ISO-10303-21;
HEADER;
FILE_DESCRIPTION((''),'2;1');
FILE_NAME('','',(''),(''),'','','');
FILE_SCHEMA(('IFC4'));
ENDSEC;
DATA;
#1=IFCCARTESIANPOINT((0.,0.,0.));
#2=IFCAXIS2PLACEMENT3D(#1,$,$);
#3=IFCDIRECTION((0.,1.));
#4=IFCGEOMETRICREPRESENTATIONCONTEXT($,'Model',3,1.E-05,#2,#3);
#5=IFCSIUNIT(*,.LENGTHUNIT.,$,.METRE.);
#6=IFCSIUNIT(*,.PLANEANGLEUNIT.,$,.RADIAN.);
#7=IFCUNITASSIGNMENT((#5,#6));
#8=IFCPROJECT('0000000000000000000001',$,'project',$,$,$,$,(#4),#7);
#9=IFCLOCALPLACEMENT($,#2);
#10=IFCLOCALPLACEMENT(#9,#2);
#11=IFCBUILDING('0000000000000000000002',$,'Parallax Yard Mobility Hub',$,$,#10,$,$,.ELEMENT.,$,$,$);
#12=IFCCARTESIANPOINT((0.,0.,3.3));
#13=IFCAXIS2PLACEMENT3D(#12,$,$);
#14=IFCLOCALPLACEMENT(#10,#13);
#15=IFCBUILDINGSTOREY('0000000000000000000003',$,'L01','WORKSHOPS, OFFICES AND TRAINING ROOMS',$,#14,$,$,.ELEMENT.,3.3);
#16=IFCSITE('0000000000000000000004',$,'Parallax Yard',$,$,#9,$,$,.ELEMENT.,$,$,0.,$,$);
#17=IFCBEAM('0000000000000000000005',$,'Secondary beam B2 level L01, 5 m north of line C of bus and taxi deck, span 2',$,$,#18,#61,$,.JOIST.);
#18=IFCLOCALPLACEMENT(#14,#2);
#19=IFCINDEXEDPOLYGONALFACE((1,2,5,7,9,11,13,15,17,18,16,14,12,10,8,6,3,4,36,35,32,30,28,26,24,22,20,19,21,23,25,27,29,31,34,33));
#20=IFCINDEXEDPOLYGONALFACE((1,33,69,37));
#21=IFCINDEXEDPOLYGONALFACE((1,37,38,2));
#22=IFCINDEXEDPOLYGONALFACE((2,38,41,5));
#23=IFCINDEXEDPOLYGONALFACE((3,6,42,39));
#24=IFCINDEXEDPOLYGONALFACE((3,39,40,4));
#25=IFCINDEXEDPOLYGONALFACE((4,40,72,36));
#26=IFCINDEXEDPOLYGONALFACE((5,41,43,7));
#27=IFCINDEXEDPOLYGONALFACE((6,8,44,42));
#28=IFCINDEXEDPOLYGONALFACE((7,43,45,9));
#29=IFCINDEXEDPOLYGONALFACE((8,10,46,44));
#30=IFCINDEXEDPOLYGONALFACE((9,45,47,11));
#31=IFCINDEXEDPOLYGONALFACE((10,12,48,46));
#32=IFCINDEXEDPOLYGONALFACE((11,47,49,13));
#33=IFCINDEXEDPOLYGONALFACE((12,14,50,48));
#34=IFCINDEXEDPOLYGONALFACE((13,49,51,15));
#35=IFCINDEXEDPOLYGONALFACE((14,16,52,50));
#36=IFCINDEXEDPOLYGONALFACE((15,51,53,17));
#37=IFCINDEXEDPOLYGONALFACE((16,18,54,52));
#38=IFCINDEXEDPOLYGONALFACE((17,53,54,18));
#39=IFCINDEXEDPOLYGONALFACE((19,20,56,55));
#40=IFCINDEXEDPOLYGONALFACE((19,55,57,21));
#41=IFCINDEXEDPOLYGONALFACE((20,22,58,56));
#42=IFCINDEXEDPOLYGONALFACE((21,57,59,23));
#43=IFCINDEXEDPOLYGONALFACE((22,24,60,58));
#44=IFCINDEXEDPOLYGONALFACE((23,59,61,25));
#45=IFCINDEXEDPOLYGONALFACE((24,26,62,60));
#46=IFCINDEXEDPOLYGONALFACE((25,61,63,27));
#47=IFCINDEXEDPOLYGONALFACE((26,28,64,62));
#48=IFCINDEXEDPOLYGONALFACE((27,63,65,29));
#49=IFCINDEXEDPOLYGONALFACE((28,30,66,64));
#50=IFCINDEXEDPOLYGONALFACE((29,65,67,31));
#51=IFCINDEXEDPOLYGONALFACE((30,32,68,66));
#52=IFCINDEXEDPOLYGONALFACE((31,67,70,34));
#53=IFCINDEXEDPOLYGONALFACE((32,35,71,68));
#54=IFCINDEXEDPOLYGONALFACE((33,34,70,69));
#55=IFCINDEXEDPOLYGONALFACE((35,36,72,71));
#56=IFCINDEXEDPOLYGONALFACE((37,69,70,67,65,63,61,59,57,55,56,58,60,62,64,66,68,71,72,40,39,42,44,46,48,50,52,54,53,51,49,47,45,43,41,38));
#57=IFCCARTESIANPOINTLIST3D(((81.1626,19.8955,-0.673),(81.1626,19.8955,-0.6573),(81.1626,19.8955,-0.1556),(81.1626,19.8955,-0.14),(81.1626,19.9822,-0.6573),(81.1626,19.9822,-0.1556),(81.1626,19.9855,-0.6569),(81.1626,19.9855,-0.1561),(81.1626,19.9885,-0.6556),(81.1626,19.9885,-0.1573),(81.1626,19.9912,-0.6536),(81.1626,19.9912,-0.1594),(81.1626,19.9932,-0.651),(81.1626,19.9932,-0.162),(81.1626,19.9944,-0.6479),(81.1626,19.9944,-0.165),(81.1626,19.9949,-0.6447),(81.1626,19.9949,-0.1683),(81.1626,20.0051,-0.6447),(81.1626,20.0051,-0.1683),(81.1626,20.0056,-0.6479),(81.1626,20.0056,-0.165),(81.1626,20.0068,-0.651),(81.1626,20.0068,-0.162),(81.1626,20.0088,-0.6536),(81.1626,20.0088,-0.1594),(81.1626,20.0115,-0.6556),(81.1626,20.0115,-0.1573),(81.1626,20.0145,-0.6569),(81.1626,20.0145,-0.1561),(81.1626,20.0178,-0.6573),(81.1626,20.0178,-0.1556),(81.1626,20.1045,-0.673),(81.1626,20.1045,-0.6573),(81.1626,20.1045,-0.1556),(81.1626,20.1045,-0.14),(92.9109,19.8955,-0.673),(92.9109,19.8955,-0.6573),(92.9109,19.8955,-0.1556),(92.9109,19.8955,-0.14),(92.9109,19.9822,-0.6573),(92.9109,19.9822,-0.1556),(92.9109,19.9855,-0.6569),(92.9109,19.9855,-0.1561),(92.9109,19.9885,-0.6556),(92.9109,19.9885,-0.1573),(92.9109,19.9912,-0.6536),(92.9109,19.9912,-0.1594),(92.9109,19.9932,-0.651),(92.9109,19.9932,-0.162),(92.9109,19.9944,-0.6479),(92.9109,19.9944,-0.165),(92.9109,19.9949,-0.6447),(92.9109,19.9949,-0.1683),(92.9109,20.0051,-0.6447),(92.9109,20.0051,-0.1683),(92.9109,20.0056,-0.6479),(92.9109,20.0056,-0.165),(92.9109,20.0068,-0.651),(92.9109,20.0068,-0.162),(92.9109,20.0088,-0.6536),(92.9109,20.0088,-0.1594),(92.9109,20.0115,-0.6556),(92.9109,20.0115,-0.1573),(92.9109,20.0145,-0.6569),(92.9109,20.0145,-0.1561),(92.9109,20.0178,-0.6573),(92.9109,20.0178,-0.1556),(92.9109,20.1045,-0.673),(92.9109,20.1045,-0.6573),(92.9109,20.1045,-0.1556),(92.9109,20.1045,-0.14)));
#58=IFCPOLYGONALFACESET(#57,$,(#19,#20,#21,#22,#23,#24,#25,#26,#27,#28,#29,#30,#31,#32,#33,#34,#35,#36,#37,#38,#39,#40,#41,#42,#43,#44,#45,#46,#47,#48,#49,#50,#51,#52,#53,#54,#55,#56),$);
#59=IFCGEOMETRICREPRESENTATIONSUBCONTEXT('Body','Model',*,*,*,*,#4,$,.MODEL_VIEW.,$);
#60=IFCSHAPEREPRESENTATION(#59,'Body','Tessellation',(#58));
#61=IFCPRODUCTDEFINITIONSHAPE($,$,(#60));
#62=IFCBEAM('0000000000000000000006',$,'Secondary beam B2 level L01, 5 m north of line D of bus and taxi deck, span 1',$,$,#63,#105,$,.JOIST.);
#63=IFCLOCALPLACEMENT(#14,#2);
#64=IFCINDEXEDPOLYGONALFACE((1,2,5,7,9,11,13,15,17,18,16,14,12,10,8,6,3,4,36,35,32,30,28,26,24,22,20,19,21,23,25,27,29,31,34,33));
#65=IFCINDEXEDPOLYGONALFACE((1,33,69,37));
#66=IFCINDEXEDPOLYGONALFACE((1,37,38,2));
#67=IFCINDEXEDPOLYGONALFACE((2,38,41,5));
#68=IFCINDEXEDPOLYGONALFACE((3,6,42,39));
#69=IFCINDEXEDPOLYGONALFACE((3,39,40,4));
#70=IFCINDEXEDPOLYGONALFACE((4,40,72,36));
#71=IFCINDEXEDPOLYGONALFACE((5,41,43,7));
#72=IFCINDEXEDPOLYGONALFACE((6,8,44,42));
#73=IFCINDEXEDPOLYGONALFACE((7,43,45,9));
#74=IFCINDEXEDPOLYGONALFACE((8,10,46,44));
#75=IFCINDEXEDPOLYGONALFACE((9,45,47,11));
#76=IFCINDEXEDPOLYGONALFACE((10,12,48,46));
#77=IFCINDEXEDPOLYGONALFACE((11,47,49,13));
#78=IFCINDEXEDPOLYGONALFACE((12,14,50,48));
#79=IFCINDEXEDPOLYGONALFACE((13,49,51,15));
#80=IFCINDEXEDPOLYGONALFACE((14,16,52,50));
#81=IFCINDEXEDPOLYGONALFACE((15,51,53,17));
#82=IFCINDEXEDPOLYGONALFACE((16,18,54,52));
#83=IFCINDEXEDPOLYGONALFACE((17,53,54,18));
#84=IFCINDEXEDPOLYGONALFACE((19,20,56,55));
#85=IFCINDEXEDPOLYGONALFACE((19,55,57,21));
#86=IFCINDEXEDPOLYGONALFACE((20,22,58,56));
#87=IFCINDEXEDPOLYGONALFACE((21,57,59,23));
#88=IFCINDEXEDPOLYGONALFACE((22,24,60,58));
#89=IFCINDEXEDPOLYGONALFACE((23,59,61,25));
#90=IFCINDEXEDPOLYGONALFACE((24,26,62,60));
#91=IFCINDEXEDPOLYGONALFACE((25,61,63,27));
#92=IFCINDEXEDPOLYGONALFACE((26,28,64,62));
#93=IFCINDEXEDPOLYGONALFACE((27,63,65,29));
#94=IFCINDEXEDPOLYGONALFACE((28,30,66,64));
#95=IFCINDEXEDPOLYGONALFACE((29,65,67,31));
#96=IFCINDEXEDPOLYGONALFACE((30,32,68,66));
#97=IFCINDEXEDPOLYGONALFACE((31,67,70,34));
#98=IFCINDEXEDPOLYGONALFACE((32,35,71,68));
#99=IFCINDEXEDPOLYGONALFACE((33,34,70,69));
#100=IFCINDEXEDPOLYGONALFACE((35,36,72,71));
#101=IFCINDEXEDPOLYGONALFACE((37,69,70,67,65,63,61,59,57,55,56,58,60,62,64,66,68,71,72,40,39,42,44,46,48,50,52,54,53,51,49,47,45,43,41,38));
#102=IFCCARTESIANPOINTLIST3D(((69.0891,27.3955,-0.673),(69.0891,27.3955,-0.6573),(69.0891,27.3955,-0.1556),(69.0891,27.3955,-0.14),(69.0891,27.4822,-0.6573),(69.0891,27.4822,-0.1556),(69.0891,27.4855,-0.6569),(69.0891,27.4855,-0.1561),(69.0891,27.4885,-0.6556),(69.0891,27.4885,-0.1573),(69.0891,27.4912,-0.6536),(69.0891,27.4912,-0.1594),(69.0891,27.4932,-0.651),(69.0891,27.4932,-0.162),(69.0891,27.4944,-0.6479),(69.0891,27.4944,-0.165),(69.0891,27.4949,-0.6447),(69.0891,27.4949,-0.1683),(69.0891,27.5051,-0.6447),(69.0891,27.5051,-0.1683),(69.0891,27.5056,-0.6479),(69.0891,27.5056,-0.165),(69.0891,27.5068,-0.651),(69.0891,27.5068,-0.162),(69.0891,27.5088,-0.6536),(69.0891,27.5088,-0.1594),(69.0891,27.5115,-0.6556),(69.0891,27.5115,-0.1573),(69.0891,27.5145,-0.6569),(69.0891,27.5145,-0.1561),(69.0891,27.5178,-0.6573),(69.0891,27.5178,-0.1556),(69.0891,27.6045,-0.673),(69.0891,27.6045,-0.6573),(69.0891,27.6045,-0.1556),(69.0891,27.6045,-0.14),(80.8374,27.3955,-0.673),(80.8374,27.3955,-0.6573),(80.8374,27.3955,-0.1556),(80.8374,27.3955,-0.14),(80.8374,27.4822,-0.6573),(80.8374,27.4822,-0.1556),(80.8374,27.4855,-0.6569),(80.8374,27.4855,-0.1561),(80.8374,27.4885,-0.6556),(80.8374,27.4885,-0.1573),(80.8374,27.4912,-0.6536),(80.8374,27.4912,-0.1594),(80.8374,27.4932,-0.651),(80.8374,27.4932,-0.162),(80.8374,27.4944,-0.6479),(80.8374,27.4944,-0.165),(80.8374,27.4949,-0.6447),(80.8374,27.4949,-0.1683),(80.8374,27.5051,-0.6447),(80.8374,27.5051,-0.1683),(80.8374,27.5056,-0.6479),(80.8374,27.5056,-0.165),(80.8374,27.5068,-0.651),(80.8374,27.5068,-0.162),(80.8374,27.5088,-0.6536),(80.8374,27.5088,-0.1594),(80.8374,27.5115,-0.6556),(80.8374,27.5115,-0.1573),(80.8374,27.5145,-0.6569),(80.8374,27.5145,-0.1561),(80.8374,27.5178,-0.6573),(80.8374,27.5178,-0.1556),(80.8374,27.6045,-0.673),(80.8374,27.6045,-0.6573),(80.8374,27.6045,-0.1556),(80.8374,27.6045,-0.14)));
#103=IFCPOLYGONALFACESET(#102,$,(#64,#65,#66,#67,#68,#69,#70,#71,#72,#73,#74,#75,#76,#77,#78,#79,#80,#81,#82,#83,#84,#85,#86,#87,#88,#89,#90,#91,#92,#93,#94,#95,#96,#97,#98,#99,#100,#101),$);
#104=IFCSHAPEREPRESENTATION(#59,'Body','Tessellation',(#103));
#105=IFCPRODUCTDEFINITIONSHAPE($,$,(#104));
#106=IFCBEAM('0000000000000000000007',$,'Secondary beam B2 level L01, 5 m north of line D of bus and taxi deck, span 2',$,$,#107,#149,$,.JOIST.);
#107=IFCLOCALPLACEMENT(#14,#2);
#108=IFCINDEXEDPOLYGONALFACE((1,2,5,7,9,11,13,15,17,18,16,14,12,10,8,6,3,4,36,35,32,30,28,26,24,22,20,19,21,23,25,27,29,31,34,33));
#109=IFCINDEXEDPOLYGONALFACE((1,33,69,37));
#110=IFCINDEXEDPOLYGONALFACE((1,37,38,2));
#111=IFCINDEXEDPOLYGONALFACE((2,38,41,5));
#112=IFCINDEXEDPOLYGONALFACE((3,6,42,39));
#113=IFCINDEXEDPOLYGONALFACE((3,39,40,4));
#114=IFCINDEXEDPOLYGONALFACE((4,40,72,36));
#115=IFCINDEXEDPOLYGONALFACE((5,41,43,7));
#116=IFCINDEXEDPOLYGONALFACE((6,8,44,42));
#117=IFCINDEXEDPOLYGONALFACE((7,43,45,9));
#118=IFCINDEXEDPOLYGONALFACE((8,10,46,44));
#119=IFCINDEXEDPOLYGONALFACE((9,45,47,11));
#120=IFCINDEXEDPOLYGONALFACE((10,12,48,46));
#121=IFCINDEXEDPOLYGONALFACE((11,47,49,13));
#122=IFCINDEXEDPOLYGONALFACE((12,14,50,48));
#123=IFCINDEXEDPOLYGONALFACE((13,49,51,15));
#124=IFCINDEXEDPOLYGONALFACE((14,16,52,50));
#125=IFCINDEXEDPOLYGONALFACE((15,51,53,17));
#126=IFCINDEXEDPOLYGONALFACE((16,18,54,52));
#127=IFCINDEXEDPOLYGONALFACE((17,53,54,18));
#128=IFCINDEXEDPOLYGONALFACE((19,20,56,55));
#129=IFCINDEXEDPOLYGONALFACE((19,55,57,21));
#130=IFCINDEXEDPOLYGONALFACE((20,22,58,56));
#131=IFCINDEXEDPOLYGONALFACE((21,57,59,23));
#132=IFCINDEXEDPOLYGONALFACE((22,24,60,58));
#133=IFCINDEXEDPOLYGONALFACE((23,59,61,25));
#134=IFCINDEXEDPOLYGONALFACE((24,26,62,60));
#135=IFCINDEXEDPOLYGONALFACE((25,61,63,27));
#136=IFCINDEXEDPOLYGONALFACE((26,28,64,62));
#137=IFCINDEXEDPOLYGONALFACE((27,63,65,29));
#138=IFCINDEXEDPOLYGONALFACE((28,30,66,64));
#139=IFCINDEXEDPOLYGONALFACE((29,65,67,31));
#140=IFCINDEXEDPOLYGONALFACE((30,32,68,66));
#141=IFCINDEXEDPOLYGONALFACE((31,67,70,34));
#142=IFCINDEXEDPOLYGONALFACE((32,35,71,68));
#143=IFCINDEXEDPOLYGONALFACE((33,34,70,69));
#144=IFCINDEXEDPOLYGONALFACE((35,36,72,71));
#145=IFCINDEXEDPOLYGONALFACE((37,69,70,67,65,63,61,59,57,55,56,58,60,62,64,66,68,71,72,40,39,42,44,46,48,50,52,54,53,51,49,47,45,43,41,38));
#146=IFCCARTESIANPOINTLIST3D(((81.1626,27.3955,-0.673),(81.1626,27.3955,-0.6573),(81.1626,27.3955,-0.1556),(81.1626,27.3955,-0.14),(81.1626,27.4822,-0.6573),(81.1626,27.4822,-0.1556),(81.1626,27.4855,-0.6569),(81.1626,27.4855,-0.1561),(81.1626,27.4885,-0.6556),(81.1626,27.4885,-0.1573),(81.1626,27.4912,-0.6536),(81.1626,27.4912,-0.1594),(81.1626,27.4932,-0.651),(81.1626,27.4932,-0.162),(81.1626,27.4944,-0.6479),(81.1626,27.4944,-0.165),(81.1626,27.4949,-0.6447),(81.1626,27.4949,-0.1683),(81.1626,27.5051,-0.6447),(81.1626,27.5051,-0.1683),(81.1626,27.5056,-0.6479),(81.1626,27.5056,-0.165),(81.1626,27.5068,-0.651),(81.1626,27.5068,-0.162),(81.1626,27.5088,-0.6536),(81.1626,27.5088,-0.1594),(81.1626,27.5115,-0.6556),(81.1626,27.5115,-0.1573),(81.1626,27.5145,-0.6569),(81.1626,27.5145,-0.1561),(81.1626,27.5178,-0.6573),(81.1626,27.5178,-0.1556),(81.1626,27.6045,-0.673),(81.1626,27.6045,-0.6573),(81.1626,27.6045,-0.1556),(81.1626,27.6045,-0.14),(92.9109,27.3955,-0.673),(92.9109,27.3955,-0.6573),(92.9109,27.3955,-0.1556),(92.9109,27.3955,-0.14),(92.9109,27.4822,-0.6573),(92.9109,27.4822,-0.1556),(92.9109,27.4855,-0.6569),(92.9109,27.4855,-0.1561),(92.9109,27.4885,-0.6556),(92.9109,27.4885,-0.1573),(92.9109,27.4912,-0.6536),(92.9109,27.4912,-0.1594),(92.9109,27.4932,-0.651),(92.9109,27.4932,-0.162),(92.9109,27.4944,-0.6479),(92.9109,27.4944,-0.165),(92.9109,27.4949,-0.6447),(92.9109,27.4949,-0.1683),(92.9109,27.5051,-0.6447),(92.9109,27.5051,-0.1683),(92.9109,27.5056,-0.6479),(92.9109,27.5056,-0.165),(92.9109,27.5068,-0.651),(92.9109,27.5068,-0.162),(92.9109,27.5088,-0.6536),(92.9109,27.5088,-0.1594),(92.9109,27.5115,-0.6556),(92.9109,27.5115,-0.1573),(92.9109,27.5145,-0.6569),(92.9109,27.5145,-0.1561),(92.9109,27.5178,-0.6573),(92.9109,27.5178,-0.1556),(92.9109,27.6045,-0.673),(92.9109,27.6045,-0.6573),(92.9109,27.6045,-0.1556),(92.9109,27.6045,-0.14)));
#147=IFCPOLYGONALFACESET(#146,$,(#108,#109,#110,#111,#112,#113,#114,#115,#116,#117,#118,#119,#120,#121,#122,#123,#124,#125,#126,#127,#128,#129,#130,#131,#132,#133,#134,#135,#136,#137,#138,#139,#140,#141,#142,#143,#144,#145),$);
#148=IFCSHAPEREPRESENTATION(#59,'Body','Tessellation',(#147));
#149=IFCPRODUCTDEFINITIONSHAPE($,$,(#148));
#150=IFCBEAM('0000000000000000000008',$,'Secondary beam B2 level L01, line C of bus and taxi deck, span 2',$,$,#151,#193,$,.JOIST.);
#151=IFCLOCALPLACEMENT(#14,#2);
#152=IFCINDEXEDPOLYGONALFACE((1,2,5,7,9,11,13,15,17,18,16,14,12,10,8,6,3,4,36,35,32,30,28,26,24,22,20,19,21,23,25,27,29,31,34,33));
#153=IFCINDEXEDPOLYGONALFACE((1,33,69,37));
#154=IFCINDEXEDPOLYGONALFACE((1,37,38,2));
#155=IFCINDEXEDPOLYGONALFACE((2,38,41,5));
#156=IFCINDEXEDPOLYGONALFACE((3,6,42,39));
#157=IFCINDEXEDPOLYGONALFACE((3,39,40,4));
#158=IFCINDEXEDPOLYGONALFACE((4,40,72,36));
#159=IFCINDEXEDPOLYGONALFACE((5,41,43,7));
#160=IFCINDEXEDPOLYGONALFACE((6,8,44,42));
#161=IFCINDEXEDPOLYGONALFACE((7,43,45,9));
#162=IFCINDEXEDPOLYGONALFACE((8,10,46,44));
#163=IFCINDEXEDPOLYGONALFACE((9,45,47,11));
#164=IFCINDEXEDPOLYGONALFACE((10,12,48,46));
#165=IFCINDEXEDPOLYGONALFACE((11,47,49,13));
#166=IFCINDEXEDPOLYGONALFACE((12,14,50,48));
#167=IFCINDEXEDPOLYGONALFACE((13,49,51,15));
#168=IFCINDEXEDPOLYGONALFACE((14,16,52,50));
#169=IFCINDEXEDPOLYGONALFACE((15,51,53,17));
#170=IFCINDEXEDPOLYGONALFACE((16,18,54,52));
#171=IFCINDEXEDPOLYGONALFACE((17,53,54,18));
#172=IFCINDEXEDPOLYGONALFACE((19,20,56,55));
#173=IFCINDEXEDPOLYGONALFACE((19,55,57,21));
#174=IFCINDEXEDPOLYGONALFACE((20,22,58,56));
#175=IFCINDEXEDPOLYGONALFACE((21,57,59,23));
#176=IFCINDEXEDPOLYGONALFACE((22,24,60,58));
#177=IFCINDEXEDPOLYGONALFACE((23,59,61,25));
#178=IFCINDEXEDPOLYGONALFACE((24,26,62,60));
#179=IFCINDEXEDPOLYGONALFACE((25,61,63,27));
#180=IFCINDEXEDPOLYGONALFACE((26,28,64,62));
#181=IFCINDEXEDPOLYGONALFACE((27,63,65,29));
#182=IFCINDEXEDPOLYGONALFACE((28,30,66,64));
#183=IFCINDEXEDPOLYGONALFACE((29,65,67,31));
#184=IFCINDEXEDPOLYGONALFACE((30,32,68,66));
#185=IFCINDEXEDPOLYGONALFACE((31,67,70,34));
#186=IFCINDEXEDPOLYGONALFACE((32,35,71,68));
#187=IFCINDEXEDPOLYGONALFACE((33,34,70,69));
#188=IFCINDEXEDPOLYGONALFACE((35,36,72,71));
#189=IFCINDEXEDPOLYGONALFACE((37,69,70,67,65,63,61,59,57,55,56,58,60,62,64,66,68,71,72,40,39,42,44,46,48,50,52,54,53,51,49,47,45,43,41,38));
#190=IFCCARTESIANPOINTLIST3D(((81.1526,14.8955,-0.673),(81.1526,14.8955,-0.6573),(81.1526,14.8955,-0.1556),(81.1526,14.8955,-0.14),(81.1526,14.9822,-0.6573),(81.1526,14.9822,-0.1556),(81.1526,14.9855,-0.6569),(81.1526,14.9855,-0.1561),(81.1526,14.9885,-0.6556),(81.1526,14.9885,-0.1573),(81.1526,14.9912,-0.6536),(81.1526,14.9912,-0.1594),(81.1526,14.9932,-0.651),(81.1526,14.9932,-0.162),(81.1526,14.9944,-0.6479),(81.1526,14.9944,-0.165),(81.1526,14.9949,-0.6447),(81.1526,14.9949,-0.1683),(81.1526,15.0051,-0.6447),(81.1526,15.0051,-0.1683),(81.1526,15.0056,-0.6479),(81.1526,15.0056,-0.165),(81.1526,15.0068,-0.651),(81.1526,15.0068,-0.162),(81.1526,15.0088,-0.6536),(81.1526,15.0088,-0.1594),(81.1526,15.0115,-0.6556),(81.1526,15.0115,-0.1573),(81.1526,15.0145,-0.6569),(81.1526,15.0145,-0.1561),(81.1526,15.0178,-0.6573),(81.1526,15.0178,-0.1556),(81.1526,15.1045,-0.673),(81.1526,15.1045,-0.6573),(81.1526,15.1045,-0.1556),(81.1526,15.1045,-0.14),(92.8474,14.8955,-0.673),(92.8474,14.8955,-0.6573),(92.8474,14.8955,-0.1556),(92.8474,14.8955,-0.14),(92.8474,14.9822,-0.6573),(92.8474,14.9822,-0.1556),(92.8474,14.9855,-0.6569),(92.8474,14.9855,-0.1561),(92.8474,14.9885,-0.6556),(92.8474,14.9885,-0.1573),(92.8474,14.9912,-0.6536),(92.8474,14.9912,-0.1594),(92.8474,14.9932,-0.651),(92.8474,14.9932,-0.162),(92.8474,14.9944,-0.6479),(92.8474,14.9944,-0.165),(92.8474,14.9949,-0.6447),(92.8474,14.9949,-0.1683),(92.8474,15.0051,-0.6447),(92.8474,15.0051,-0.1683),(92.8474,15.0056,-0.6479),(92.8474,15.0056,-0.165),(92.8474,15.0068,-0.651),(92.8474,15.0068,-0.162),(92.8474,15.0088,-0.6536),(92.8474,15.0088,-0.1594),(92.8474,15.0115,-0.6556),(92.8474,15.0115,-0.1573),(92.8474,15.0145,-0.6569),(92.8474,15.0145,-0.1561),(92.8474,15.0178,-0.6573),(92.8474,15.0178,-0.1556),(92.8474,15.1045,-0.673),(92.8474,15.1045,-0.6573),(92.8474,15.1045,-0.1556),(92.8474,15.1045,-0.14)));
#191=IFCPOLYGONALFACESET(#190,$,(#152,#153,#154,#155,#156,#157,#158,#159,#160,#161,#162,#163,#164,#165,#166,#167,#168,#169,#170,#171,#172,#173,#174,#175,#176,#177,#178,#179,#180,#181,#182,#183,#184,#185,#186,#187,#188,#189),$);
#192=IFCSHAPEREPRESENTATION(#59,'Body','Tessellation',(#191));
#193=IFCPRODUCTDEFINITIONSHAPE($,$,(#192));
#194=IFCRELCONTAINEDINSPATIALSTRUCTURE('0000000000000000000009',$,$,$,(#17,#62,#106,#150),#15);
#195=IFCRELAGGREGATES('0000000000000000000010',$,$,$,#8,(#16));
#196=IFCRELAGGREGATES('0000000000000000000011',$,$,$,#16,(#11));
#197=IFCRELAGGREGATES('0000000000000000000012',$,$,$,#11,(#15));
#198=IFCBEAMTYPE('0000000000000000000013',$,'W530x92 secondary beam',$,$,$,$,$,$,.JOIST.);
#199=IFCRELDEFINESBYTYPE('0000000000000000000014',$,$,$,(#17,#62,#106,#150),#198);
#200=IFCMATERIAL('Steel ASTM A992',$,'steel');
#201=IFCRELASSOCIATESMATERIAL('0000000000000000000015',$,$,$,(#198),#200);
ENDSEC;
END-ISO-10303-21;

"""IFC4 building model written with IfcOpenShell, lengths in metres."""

from ifc_helpers import new_model, si_unit, direction, frame, origin, origin_2d, place, context, subcontext, project, spatial, i_section, extrude, material, material_profile, profile_set, type_object, element, save


model = new_model("IFC4")

# Units and contexts
model_context = context("Model", 3, precision=1e-05, world=origin(), true_north=direction((0.0, 1.0)))
body_context = subcontext(model_context, "Body", "Model", "MODEL_VIEW")
ifc_project = project(units=[si_unit("LENGTHUNIT", "METRE"), si_unit("PLANEANGLEUNIT", "RADIAN")], contexts=[model_context])

# Site, building, storey
site_placement = place(None, origin())
site = spatial("IfcSite", under=ifc_project, at=site_placement, Name="Parallax Yard", CompositionType="ELEMENT", RefElevation=0.0)
building_placement = place(site_placement, origin())
building = spatial("IfcBuilding", under=site, at=building_placement, Name="Parallax Yard Mobility Hub", CompositionType="ELEMENT")
storey_placement = place(building_placement, frame((0.0, 0.0, 3.3)))
storey = spatial("IfcBuildingStorey", under=building, at=storey_placement, Name="L01", Description="WORKSHOPS, OFFICES AND TRAINING ROOMS", CompositionType="ELEMENT", Elevation=3.3)

# Beams
ifc_material_1 = material(Name="Steel ASTM A992", Category="steel")
ifc_material_profile_1 = material_profile(ifc_material_1, i_section(OverallWidth=0.209, OverallDepth=0.533, WebThickness=0.0103, FlangeThickness=0.0156, FilletRadius=0.0127, at=origin_2d()), Name="W530x92")
ifc_profile_set_1 = profile_set([ifc_material_profile_1], Name="Steel ASTM A992")
beam_type_1 = type_object("IfcBeamType", Name="W530x92 secondary beam", PredefinedType="JOIST", material=ifc_profile_set_1)
for number, where, z_axis, x_axis, name in (
    (1, (81.1626, 20.0, -0.4065), (1.0, 0.0, 0.0), (0.0, 1.0, 0.0), "Secondary beam B2 level L01, 5 m north of line C of bus and taxi deck, span 2"),
    (2, (69.0891, 27.5, -0.4065), (1.0, 0.0, 0.0), (0.0, 1.0, 0.0), "Secondary beam B2 level L01, 5 m north of line D of bus and taxi deck, span 1"),
    (3, (81.1626, 27.5, -0.4065), (1.0, 0.0, 0.0), (0.0, 1.0, 0.0), "Secondary beam B2 level L01, 5 m north of line D of bus and taxi deck, span 2"),
):
    element("IfcBeam", number, at=place(storey_placement, frame(where, z_axis=z_axis, x_axis=x_axis)), inside=storey, type_object=beam_type_1, Name=name, PredefinedType="JOIST", context=body_context, shape_type="SweptSolid", body=[
        extrude(i_section(OverallWidth=0.209, OverallDepth=0.533, WebThickness=0.0103, FlangeThickness=0.0156, FilletRadius=0.0127, at=origin_2d()), origin(), (0.0, 0.0, 1.0), 11.7483),
    ])
for number, where, z_axis, x_axis, name in (
    (4, (81.1526, 15.0, -0.4065), (1.0, 0.0, 0.0), (0.0, 1.0, 0.0), "Secondary beam B2 level L01, line C of bus and taxi deck, span 2"),
):
    element("IfcBeam", number, at=place(storey_placement, frame(where, z_axis=z_axis, x_axis=x_axis)), inside=storey, type_object=beam_type_1, Name=name, PredefinedType="JOIST", context=body_context, shape_type="SweptSolid", body=[
        extrude(i_section(OverallWidth=0.209, OverallDepth=0.533, WebThickness=0.0103, FlangeThickness=0.0156, FilletRadius=0.0127, at=origin_2d()), origin(), (0.0, 0.0, 1.0), 11.6948),
    ])

save(model, "model.ifc")
